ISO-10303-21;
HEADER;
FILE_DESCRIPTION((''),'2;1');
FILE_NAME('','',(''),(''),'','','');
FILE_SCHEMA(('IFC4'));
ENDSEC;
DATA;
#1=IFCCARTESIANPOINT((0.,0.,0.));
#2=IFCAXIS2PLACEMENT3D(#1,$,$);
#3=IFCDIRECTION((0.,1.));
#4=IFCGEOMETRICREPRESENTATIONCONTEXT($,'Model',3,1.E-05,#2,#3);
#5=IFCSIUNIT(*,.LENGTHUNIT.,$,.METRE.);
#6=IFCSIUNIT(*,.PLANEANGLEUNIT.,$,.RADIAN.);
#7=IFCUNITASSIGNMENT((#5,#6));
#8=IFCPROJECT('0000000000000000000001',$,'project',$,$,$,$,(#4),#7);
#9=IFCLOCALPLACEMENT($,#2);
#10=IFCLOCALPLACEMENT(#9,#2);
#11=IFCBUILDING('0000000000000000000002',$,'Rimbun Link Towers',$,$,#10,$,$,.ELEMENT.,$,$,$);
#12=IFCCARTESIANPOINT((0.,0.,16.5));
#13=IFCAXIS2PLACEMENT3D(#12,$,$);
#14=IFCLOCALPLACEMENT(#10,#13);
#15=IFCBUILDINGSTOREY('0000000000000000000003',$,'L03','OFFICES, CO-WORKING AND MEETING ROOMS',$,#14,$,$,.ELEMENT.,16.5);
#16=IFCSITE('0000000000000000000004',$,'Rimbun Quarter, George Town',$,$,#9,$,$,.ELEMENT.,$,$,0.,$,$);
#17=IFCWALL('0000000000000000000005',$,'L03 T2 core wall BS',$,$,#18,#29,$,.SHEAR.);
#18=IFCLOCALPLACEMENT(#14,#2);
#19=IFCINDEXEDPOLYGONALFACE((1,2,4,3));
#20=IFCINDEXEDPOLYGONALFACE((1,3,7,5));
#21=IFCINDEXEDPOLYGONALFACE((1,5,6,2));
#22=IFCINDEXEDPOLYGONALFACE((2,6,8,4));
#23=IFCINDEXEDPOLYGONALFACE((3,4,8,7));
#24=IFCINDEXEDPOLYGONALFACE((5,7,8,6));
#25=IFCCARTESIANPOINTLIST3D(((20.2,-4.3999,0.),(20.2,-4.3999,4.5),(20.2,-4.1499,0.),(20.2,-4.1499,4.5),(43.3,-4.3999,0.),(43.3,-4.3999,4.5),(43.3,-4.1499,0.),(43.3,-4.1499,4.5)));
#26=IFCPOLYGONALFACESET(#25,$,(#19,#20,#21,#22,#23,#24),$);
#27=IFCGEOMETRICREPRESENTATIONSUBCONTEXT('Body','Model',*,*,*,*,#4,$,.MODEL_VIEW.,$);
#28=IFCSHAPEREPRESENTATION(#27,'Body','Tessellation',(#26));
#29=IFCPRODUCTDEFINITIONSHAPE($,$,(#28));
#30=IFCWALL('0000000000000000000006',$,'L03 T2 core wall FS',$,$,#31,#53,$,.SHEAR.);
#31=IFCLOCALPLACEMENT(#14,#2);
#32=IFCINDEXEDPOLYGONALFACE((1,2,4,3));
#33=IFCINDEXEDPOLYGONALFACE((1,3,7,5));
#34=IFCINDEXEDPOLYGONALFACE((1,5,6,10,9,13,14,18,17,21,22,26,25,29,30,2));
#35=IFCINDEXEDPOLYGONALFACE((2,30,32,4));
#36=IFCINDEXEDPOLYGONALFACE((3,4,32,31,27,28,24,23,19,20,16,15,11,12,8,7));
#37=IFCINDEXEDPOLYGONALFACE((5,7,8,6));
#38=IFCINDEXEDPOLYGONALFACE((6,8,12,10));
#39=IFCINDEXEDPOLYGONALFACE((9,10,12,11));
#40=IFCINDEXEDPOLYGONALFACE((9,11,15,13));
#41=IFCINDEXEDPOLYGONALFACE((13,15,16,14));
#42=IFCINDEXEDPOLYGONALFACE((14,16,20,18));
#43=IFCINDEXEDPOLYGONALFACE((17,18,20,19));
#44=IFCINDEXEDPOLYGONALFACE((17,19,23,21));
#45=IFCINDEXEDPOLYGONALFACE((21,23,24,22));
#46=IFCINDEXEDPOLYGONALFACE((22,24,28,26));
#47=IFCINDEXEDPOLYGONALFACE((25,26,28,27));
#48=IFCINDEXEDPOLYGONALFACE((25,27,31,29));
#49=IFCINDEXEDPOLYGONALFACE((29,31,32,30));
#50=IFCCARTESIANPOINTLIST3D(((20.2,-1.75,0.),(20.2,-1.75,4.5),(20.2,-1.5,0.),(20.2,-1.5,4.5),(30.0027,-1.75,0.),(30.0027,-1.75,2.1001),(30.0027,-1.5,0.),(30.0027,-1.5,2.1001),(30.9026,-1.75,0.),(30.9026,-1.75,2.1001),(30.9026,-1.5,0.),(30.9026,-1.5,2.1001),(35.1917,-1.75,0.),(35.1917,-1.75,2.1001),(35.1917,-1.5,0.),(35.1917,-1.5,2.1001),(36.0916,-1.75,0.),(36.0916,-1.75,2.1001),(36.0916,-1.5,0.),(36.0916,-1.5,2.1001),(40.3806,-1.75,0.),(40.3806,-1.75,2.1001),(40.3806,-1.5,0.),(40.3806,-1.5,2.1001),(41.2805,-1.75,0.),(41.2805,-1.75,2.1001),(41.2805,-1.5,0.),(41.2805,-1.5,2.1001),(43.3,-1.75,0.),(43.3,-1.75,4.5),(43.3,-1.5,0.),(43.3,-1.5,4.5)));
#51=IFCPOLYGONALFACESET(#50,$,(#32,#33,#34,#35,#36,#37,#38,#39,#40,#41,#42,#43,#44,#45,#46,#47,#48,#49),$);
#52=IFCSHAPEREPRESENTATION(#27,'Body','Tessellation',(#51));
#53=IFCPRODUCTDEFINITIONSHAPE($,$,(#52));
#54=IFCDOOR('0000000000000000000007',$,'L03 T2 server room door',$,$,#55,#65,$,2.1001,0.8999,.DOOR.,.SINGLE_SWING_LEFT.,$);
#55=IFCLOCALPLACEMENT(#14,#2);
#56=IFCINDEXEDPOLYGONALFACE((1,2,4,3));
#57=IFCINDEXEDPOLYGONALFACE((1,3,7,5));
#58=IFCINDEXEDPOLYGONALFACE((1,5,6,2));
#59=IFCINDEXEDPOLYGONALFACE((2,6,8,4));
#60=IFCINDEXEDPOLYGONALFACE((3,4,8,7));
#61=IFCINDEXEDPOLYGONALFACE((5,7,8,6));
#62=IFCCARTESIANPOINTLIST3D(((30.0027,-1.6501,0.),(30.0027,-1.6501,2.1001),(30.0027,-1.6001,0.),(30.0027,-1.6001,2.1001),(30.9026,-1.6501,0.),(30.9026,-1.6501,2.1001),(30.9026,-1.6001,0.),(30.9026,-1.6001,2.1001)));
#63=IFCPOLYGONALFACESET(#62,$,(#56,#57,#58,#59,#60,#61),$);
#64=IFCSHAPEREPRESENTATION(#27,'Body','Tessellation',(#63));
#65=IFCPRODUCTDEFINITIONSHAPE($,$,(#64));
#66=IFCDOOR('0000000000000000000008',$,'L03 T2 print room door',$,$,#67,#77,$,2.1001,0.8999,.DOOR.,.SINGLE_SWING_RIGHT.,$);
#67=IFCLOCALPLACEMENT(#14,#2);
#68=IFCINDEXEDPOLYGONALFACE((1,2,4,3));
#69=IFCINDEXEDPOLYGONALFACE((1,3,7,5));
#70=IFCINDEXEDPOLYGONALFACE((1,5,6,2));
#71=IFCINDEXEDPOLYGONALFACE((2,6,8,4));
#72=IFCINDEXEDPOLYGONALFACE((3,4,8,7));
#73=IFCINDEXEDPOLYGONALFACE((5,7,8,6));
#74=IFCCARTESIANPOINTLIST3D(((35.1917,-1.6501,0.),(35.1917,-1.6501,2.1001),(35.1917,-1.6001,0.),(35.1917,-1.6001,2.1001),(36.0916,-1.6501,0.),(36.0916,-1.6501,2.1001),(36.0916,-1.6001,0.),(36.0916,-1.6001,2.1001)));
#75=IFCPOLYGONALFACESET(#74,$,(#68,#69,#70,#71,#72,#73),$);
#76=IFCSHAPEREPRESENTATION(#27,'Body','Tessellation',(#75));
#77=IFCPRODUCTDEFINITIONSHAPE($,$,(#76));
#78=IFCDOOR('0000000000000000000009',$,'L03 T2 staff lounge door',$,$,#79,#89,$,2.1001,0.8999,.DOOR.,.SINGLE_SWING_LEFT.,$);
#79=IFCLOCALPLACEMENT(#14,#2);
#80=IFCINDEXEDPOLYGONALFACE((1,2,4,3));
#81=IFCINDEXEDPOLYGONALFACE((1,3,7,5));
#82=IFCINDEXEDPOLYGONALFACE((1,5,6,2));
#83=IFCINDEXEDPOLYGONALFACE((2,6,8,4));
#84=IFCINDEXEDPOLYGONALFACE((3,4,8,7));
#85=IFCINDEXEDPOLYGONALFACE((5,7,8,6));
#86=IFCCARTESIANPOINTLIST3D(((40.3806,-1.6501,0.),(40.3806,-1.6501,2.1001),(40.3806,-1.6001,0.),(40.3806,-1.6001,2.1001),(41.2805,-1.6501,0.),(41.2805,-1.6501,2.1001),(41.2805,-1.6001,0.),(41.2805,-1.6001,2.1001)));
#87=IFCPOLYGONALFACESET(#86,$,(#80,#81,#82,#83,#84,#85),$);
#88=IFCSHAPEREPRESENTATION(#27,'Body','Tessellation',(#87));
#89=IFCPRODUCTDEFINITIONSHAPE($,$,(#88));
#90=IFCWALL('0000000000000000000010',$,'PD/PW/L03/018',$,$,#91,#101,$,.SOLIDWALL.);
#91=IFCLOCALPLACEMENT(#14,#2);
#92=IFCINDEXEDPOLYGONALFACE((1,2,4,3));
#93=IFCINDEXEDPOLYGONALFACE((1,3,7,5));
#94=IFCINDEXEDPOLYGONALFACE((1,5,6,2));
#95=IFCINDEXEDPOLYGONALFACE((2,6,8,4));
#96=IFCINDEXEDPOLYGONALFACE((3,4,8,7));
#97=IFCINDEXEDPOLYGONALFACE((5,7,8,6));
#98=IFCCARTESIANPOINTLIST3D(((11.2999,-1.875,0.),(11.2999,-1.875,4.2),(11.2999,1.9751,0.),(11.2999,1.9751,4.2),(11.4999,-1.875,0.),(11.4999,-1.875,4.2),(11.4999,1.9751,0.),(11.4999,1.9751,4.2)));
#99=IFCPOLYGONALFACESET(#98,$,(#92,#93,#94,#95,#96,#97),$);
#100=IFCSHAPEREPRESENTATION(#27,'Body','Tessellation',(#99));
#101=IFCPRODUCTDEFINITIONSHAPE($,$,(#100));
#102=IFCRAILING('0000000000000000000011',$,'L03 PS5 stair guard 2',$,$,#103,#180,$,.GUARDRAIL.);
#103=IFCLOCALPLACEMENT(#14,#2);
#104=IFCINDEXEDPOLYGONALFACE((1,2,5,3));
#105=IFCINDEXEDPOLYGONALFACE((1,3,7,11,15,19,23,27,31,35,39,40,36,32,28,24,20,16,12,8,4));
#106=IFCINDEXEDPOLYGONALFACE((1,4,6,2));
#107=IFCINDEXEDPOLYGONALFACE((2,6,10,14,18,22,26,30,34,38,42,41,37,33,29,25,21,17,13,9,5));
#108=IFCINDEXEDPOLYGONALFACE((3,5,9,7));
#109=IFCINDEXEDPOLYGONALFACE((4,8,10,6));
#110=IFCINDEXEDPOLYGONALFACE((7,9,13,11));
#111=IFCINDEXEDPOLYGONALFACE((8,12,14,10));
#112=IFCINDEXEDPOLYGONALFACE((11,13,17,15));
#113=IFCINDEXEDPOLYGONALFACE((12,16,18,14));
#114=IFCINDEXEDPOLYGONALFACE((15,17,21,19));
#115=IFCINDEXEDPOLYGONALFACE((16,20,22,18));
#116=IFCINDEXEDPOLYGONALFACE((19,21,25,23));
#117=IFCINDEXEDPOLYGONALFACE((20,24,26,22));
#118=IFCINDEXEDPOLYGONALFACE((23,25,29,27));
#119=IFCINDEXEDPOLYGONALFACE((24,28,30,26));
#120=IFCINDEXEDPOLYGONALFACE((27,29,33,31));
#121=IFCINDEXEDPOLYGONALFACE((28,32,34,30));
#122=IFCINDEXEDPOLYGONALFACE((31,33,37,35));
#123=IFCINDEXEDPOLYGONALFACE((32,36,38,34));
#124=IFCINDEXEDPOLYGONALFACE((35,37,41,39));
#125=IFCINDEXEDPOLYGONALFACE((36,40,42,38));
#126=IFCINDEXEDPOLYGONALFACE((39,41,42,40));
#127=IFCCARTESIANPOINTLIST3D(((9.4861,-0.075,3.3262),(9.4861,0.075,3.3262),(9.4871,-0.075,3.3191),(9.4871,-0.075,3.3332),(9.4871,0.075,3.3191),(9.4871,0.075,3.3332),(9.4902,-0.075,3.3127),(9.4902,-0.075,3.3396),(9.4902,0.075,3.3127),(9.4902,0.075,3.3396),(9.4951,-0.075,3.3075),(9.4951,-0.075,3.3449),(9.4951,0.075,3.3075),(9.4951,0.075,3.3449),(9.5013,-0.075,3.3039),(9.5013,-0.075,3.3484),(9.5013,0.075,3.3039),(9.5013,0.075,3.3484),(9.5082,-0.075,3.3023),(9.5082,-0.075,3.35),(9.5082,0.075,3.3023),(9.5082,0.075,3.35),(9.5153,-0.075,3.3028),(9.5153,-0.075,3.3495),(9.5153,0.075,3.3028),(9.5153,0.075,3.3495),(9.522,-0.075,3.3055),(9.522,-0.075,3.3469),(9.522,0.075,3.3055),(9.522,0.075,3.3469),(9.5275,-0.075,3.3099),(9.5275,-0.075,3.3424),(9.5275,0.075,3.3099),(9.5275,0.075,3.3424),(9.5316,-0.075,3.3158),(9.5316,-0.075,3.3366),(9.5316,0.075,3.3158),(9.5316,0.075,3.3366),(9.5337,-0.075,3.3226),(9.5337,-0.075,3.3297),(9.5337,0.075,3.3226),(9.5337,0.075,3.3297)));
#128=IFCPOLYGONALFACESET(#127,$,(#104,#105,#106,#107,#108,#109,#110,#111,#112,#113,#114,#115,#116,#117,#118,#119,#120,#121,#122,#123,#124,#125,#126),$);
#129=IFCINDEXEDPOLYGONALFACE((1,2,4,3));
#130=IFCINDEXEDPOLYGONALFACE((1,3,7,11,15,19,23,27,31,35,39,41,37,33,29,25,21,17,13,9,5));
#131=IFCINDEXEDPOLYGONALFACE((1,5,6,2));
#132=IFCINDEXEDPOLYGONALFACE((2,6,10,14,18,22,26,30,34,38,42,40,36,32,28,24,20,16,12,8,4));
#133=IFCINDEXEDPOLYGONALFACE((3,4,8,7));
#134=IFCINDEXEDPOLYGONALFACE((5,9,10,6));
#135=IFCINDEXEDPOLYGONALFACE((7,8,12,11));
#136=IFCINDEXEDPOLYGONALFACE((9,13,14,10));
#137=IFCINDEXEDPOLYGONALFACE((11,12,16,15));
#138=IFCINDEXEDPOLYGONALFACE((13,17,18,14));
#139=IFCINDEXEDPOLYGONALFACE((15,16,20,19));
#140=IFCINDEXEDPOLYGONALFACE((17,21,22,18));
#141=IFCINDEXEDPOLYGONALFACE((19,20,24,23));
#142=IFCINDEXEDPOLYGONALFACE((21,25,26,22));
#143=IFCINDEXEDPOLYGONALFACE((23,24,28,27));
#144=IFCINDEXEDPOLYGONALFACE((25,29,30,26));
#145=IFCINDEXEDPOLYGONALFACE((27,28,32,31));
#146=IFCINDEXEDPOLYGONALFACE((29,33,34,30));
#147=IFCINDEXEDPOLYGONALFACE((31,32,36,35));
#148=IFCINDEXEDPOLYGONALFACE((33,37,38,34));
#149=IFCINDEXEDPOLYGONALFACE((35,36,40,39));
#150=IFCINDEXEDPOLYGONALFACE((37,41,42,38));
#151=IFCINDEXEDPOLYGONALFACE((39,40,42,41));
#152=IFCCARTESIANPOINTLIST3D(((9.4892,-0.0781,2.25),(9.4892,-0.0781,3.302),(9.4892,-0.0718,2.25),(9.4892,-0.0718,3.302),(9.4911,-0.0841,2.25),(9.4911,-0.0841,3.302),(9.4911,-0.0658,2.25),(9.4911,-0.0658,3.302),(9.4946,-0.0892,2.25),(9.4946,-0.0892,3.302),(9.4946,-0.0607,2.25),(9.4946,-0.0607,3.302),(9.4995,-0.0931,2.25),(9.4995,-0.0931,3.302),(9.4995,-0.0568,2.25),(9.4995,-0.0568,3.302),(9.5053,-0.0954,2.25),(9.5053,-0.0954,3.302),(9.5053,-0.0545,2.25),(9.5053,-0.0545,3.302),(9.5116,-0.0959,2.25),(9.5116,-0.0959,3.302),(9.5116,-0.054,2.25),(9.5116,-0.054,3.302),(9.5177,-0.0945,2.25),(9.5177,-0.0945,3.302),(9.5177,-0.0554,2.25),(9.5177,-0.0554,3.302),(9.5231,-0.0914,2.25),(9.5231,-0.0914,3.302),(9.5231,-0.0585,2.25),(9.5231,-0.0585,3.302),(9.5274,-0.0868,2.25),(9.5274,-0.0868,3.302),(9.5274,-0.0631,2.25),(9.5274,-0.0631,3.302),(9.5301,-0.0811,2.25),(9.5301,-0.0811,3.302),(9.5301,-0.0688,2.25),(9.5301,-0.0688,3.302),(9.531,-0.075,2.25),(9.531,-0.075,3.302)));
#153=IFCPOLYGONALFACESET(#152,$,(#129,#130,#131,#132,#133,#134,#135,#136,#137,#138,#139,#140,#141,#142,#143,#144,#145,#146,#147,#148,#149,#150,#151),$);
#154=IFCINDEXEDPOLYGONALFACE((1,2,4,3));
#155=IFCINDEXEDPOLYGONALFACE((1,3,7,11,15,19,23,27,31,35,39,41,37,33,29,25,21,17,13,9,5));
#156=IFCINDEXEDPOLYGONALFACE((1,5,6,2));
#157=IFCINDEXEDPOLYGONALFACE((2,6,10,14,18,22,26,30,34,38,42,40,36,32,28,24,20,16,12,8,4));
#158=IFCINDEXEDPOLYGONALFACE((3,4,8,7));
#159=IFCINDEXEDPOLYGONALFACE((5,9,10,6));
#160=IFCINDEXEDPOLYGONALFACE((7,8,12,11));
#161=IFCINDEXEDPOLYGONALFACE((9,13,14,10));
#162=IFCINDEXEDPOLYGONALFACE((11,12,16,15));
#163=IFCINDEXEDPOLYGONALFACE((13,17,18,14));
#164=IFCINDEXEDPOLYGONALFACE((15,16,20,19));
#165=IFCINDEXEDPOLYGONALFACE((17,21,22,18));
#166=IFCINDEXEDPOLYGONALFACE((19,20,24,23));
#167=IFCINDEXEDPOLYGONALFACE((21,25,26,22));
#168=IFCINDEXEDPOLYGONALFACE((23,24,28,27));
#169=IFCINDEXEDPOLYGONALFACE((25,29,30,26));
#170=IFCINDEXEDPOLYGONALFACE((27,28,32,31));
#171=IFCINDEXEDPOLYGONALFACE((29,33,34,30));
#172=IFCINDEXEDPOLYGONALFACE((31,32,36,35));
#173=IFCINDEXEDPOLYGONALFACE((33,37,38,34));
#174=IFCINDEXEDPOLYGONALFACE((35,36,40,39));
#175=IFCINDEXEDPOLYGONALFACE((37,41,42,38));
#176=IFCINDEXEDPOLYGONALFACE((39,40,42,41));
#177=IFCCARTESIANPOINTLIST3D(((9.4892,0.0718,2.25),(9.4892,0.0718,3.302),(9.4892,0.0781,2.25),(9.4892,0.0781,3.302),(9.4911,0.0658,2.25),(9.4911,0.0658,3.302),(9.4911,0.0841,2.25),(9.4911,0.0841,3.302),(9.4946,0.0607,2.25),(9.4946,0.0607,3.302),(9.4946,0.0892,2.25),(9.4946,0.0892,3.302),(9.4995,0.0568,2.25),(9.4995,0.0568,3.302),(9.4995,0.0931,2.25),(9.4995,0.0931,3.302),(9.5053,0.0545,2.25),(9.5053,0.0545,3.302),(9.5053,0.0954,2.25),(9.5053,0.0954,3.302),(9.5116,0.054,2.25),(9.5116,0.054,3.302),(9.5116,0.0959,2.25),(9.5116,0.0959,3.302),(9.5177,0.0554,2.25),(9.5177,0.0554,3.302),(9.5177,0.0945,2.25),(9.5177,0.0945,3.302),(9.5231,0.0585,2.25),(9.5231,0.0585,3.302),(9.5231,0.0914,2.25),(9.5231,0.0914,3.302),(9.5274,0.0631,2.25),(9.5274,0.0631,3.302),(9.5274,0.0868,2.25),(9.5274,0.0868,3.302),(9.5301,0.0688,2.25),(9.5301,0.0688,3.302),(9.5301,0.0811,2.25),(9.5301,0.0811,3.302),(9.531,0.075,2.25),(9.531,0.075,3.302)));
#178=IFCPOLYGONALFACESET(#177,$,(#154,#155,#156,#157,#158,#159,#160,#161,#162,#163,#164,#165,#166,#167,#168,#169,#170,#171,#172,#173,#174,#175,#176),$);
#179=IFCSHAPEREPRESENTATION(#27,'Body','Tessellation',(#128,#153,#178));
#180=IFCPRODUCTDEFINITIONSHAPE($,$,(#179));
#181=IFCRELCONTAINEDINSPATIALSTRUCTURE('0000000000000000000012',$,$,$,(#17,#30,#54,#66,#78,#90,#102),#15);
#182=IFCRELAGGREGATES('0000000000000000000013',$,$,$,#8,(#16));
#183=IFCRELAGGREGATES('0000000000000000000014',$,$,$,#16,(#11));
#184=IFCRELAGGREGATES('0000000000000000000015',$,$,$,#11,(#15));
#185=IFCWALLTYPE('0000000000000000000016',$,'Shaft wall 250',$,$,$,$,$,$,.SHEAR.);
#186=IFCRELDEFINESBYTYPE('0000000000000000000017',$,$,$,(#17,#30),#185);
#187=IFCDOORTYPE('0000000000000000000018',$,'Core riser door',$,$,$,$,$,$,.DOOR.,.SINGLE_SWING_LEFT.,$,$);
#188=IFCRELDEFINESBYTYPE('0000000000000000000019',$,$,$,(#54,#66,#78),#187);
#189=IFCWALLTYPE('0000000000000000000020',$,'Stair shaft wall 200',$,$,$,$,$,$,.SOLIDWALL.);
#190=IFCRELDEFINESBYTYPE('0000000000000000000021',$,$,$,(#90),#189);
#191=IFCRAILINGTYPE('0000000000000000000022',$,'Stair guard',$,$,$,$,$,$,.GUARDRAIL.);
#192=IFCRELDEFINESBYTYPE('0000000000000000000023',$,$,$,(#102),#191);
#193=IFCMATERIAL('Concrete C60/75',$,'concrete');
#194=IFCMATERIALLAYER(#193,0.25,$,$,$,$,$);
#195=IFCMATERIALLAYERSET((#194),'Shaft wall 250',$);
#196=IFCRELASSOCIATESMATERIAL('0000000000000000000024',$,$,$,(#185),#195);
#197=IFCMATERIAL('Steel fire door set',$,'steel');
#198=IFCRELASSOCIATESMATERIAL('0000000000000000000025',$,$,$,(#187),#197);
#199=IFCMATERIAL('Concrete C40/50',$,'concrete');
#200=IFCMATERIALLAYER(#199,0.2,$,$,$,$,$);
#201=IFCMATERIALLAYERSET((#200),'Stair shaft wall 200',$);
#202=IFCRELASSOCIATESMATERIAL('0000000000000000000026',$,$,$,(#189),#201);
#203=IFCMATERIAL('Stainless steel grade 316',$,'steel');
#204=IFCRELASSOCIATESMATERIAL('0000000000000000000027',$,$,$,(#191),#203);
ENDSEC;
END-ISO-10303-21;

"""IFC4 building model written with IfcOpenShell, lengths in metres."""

from ifc_helpers import new_model, si_unit, direction, frame, frame_2d, origin, origin_2d, place, context, subcontext, project, spatial, rectangle, circle, extrude, material, layer, layer_set, type_object, element, fill, save


model = new_model("IFC4")

# Units and contexts
model_context = context("Model", 3, precision=1e-05, world=origin(), true_north=direction((0.0, 1.0)))
body_context = subcontext(model_context, "Body", "Model", "MODEL_VIEW")
ifc_project = project(units=[si_unit("LENGTHUNIT", "METRE"), si_unit("PLANEANGLEUNIT", "RADIAN")], contexts=[model_context])

# Site, building, storey
site_placement = place(None, origin())
site = spatial("IfcSite", under=ifc_project, at=site_placement, Name="Rimbun Quarter, George Town", CompositionType="ELEMENT", RefElevation=0.0)
building_placement = place(site_placement, origin())
building = spatial("IfcBuilding", under=site, at=building_placement, Name="Rimbun Link Towers", CompositionType="ELEMENT")
storey_placement = place(building_placement, frame((0.0, 0.0, 16.5)))
storey = spatial("IfcBuildingStorey", under=building, at=storey_placement, Name="L03", Description="OFFICES, CO-WORKING AND MEETING ROOMS", CompositionType="ELEMENT", Elevation=16.5)

# Wall
ifc_material_1 = material(Name="Concrete C60/75", Category="concrete")
ifc_layer_1 = layer(ifc_material_1, 0.25)
ifc_layer_set_1 = layer_set([ifc_layer_1], Name="Shaft wall 250")
wall_type_1 = type_object("IfcWallType", Name="Shaft wall 250", PredefinedType="SHEAR", material=ifc_layer_set_1)
wall_1_placement = place(storey_placement, frame((20.2, -4.2749, 0.0), z_axis=(0.0, 0.0, 1.0), x_axis=(1.0, 0.0, 0.0)))
element("IfcWall", 1, at=wall_1_placement, inside=storey, type_object=wall_type_1, Name="L03 T2 core wall BS", PredefinedType="SHEAR", context=body_context, shape_type="SweptSolid", body=[
    extrude(rectangle(XDim=23.1001, YDim=0.25, at=frame_2d((11.55, 0.0))), origin(), (0.0, 0.0, 1.0), 4.5),
])

# Wall, openings, doors
wall_2_placement = place(storey_placement, frame((20.2, -1.625, 0.0), z_axis=(0.0, 0.0, 1.0), x_axis=(1.0, 0.0, 0.0)))
wall_2 = element("IfcWall", 2, at=wall_2_placement, inside=storey, type_object=wall_type_1, Name="L03 T2 core wall FS", PredefinedType="SHEAR", context=body_context, shape_type="SweptSolid", body=[
    extrude(rectangle(XDim=23.1001, YDim=0.25, at=frame_2d((11.55, 0.0))), origin(), (0.0, 0.0, 1.0), 4.5),
])
opening_1_placement = place(wall_2_placement, frame((9.8027, 0.0, 0.0)))
opening_1 = element("IfcOpeningElement", 3, at=opening_1_placement, cuts=wall_2, PredefinedType="OPENING", context=body_context, shape_type="SweptSolid", body=[
    extrude(rectangle(XDim=0.8999, YDim=2.1001, at=frame_2d((0.45, 1.05))), frame((0.0, 0.135, 0.0), z_axis=(0.0, -1.0, 0.0), x_axis=(1.0, 0.0, 0.0)), (0.0, 0.0, 1.0), 0.27),
])
opening_2_placement = place(wall_2_placement, frame((14.9917, 0.0, 0.0)))
opening_2 = element("IfcOpeningElement", 4, at=opening_2_placement, cuts=wall_2, PredefinedType="OPENING", context=body_context, shape_type="SweptSolid", body=[
    extrude(rectangle(XDim=0.8999, YDim=2.1001, at=frame_2d((0.45, 1.05))), frame((0.0, 0.135, 0.0), z_axis=(0.0, -1.0, 0.0), x_axis=(1.0, 0.0, 0.0)), (0.0, 0.0, 1.0), 0.27),
])
opening_3_placement = place(wall_2_placement, frame((20.1807, 0.0, 0.0)))
opening_3 = element("IfcOpeningElement", 5, at=opening_3_placement, cuts=wall_2, PredefinedType="OPENING", context=body_context, shape_type="SweptSolid", body=[
    extrude(rectangle(XDim=0.8999, YDim=2.1001, at=frame_2d((0.45, 1.05))), frame((0.0, 0.135, 0.0), z_axis=(0.0, -1.0, 0.0), x_axis=(1.0, 0.0, 0.0)), (0.0, 0.0, 1.0), 0.27),
])
ifc_material_2 = material(Name="Steel fire door set", Category="steel")
door_type_1 = type_object("IfcDoorType", Name="Core riser door", OperationType="SINGLE_SWING_LEFT", PredefinedType="DOOR", material=ifc_material_2)
door_1_placement = place(opening_1_placement, origin())
door_1 = element("IfcDoor", 6, at=door_1_placement, inside=storey, type_object=door_type_1, Name="L03 T2 server room door", OperationType="SINGLE_SWING_LEFT", OverallHeight=2.1001, OverallWidth=0.8999, PredefinedType="DOOR", context=body_context, shape_type="SweptSolid", body=[
    extrude(rectangle(XDim=0.8999, YDim=2.1001, at=frame_2d((0.45, 1.05))), frame((0.0, 0.0249, 0.0), z_axis=(0.0, -1.0, 0.0), x_axis=(1.0, 0.0, 0.0)), (0.0, 0.0, 1.0), 0.05),
])
fill(opening_1, door_1)
door_2_placement = place(opening_2_placement, origin())
door_2 = element("IfcDoor", 7, at=door_2_placement, inside=storey, type_object=door_type_1, Name="L03 T2 print room door", OperationType="SINGLE_SWING_RIGHT", OverallHeight=2.1001, OverallWidth=0.8999, PredefinedType="DOOR", context=body_context, shape_type="SweptSolid", body=[
    extrude(rectangle(XDim=0.8999, YDim=2.1001, at=frame_2d((0.45, 1.05))), frame((0.0, 0.0249, 0.0), z_axis=(0.0, -1.0, 0.0), x_axis=(1.0, 0.0, 0.0)), (0.0, 0.0, 1.0), 0.05),
])
fill(opening_2, door_2)
door_3_placement = place(opening_3_placement, origin())
door_3 = element("IfcDoor", 8, at=door_3_placement, inside=storey, type_object=door_type_1, Name="L03 T2 staff lounge door", OperationType="SINGLE_SWING_LEFT", OverallHeight=2.1001, OverallWidth=0.8999, PredefinedType="DOOR", context=body_context, shape_type="SweptSolid", body=[
    extrude(rectangle(XDim=0.8999, YDim=2.1001, at=frame_2d((0.45, 1.05))), frame((0.0, 0.0249, 0.0), z_axis=(0.0, -1.0, 0.0), x_axis=(1.0, 0.0, 0.0)), (0.0, 0.0, 1.0), 0.05),
])
fill(opening_3, door_3)

# Wall
ifc_material_3 = material(Name="Concrete C40/50", Category="concrete")
ifc_layer_2 = layer(ifc_material_3, 0.2)
ifc_layer_set_2 = layer_set([ifc_layer_2], Name="Stair shaft wall 200")
wall_type_2 = type_object("IfcWallType", Name="Stair shaft wall 200", PredefinedType="SOLIDWALL", material=ifc_layer_set_2)
wall_3_placement = place(storey_placement, frame((11.3999, -1.875, 0.0), z_axis=(0.0, 0.0, 1.0), x_axis=(0.0, 1.0, 0.0)))
element("IfcWall", 9, at=wall_3_placement, inside=storey, type_object=wall_type_2, Name="PD/PW/L03/018", PredefinedType="SOLIDWALL", context=body_context, shape_type="SweptSolid", body=[
    extrude(rectangle(XDim=3.8501, YDim=0.2, at=frame_2d((1.925, 0.0))), origin(), (0.0, 0.0, 1.0), 4.2),
])

# Railing
ifc_material_4 = material(Name="Stainless steel grade 316", Category="steel")
railing_type = type_object("IfcRailingType", Name="Stair guard", PredefinedType="GUARDRAIL", material=ifc_material_4)
railing_placement = place(storey_placement, frame((9.51, -0.075, 2.25)))
element("IfcRailing", 10, at=railing_placement, inside=storey, type_object=railing_type, Name="L03 PS5 stair guard 2", PredefinedType="GUARDRAIL", context=body_context, shape_type="SweptSolid", body=[
    extrude(circle(Radius=0.0239, at=origin_2d()), frame((0.0, 0.0, 1.0762), z_axis=(0.0, 1.0, 0.0), x_axis=(-1.0, 0.0, 0.0)), (0.0, 0.0, 1.0), 0.1499),
    extrude(circle(Radius=0.021, at=origin_2d()), origin(), (0.0, 0.0, 1.0), 1.052),
    extrude(circle(Radius=0.021, at=origin_2d()), frame((0.0, 0.1499, 0.0)), (0.0, 0.0, 1.0), 1.052),
])

save(model, "model.ifc")
